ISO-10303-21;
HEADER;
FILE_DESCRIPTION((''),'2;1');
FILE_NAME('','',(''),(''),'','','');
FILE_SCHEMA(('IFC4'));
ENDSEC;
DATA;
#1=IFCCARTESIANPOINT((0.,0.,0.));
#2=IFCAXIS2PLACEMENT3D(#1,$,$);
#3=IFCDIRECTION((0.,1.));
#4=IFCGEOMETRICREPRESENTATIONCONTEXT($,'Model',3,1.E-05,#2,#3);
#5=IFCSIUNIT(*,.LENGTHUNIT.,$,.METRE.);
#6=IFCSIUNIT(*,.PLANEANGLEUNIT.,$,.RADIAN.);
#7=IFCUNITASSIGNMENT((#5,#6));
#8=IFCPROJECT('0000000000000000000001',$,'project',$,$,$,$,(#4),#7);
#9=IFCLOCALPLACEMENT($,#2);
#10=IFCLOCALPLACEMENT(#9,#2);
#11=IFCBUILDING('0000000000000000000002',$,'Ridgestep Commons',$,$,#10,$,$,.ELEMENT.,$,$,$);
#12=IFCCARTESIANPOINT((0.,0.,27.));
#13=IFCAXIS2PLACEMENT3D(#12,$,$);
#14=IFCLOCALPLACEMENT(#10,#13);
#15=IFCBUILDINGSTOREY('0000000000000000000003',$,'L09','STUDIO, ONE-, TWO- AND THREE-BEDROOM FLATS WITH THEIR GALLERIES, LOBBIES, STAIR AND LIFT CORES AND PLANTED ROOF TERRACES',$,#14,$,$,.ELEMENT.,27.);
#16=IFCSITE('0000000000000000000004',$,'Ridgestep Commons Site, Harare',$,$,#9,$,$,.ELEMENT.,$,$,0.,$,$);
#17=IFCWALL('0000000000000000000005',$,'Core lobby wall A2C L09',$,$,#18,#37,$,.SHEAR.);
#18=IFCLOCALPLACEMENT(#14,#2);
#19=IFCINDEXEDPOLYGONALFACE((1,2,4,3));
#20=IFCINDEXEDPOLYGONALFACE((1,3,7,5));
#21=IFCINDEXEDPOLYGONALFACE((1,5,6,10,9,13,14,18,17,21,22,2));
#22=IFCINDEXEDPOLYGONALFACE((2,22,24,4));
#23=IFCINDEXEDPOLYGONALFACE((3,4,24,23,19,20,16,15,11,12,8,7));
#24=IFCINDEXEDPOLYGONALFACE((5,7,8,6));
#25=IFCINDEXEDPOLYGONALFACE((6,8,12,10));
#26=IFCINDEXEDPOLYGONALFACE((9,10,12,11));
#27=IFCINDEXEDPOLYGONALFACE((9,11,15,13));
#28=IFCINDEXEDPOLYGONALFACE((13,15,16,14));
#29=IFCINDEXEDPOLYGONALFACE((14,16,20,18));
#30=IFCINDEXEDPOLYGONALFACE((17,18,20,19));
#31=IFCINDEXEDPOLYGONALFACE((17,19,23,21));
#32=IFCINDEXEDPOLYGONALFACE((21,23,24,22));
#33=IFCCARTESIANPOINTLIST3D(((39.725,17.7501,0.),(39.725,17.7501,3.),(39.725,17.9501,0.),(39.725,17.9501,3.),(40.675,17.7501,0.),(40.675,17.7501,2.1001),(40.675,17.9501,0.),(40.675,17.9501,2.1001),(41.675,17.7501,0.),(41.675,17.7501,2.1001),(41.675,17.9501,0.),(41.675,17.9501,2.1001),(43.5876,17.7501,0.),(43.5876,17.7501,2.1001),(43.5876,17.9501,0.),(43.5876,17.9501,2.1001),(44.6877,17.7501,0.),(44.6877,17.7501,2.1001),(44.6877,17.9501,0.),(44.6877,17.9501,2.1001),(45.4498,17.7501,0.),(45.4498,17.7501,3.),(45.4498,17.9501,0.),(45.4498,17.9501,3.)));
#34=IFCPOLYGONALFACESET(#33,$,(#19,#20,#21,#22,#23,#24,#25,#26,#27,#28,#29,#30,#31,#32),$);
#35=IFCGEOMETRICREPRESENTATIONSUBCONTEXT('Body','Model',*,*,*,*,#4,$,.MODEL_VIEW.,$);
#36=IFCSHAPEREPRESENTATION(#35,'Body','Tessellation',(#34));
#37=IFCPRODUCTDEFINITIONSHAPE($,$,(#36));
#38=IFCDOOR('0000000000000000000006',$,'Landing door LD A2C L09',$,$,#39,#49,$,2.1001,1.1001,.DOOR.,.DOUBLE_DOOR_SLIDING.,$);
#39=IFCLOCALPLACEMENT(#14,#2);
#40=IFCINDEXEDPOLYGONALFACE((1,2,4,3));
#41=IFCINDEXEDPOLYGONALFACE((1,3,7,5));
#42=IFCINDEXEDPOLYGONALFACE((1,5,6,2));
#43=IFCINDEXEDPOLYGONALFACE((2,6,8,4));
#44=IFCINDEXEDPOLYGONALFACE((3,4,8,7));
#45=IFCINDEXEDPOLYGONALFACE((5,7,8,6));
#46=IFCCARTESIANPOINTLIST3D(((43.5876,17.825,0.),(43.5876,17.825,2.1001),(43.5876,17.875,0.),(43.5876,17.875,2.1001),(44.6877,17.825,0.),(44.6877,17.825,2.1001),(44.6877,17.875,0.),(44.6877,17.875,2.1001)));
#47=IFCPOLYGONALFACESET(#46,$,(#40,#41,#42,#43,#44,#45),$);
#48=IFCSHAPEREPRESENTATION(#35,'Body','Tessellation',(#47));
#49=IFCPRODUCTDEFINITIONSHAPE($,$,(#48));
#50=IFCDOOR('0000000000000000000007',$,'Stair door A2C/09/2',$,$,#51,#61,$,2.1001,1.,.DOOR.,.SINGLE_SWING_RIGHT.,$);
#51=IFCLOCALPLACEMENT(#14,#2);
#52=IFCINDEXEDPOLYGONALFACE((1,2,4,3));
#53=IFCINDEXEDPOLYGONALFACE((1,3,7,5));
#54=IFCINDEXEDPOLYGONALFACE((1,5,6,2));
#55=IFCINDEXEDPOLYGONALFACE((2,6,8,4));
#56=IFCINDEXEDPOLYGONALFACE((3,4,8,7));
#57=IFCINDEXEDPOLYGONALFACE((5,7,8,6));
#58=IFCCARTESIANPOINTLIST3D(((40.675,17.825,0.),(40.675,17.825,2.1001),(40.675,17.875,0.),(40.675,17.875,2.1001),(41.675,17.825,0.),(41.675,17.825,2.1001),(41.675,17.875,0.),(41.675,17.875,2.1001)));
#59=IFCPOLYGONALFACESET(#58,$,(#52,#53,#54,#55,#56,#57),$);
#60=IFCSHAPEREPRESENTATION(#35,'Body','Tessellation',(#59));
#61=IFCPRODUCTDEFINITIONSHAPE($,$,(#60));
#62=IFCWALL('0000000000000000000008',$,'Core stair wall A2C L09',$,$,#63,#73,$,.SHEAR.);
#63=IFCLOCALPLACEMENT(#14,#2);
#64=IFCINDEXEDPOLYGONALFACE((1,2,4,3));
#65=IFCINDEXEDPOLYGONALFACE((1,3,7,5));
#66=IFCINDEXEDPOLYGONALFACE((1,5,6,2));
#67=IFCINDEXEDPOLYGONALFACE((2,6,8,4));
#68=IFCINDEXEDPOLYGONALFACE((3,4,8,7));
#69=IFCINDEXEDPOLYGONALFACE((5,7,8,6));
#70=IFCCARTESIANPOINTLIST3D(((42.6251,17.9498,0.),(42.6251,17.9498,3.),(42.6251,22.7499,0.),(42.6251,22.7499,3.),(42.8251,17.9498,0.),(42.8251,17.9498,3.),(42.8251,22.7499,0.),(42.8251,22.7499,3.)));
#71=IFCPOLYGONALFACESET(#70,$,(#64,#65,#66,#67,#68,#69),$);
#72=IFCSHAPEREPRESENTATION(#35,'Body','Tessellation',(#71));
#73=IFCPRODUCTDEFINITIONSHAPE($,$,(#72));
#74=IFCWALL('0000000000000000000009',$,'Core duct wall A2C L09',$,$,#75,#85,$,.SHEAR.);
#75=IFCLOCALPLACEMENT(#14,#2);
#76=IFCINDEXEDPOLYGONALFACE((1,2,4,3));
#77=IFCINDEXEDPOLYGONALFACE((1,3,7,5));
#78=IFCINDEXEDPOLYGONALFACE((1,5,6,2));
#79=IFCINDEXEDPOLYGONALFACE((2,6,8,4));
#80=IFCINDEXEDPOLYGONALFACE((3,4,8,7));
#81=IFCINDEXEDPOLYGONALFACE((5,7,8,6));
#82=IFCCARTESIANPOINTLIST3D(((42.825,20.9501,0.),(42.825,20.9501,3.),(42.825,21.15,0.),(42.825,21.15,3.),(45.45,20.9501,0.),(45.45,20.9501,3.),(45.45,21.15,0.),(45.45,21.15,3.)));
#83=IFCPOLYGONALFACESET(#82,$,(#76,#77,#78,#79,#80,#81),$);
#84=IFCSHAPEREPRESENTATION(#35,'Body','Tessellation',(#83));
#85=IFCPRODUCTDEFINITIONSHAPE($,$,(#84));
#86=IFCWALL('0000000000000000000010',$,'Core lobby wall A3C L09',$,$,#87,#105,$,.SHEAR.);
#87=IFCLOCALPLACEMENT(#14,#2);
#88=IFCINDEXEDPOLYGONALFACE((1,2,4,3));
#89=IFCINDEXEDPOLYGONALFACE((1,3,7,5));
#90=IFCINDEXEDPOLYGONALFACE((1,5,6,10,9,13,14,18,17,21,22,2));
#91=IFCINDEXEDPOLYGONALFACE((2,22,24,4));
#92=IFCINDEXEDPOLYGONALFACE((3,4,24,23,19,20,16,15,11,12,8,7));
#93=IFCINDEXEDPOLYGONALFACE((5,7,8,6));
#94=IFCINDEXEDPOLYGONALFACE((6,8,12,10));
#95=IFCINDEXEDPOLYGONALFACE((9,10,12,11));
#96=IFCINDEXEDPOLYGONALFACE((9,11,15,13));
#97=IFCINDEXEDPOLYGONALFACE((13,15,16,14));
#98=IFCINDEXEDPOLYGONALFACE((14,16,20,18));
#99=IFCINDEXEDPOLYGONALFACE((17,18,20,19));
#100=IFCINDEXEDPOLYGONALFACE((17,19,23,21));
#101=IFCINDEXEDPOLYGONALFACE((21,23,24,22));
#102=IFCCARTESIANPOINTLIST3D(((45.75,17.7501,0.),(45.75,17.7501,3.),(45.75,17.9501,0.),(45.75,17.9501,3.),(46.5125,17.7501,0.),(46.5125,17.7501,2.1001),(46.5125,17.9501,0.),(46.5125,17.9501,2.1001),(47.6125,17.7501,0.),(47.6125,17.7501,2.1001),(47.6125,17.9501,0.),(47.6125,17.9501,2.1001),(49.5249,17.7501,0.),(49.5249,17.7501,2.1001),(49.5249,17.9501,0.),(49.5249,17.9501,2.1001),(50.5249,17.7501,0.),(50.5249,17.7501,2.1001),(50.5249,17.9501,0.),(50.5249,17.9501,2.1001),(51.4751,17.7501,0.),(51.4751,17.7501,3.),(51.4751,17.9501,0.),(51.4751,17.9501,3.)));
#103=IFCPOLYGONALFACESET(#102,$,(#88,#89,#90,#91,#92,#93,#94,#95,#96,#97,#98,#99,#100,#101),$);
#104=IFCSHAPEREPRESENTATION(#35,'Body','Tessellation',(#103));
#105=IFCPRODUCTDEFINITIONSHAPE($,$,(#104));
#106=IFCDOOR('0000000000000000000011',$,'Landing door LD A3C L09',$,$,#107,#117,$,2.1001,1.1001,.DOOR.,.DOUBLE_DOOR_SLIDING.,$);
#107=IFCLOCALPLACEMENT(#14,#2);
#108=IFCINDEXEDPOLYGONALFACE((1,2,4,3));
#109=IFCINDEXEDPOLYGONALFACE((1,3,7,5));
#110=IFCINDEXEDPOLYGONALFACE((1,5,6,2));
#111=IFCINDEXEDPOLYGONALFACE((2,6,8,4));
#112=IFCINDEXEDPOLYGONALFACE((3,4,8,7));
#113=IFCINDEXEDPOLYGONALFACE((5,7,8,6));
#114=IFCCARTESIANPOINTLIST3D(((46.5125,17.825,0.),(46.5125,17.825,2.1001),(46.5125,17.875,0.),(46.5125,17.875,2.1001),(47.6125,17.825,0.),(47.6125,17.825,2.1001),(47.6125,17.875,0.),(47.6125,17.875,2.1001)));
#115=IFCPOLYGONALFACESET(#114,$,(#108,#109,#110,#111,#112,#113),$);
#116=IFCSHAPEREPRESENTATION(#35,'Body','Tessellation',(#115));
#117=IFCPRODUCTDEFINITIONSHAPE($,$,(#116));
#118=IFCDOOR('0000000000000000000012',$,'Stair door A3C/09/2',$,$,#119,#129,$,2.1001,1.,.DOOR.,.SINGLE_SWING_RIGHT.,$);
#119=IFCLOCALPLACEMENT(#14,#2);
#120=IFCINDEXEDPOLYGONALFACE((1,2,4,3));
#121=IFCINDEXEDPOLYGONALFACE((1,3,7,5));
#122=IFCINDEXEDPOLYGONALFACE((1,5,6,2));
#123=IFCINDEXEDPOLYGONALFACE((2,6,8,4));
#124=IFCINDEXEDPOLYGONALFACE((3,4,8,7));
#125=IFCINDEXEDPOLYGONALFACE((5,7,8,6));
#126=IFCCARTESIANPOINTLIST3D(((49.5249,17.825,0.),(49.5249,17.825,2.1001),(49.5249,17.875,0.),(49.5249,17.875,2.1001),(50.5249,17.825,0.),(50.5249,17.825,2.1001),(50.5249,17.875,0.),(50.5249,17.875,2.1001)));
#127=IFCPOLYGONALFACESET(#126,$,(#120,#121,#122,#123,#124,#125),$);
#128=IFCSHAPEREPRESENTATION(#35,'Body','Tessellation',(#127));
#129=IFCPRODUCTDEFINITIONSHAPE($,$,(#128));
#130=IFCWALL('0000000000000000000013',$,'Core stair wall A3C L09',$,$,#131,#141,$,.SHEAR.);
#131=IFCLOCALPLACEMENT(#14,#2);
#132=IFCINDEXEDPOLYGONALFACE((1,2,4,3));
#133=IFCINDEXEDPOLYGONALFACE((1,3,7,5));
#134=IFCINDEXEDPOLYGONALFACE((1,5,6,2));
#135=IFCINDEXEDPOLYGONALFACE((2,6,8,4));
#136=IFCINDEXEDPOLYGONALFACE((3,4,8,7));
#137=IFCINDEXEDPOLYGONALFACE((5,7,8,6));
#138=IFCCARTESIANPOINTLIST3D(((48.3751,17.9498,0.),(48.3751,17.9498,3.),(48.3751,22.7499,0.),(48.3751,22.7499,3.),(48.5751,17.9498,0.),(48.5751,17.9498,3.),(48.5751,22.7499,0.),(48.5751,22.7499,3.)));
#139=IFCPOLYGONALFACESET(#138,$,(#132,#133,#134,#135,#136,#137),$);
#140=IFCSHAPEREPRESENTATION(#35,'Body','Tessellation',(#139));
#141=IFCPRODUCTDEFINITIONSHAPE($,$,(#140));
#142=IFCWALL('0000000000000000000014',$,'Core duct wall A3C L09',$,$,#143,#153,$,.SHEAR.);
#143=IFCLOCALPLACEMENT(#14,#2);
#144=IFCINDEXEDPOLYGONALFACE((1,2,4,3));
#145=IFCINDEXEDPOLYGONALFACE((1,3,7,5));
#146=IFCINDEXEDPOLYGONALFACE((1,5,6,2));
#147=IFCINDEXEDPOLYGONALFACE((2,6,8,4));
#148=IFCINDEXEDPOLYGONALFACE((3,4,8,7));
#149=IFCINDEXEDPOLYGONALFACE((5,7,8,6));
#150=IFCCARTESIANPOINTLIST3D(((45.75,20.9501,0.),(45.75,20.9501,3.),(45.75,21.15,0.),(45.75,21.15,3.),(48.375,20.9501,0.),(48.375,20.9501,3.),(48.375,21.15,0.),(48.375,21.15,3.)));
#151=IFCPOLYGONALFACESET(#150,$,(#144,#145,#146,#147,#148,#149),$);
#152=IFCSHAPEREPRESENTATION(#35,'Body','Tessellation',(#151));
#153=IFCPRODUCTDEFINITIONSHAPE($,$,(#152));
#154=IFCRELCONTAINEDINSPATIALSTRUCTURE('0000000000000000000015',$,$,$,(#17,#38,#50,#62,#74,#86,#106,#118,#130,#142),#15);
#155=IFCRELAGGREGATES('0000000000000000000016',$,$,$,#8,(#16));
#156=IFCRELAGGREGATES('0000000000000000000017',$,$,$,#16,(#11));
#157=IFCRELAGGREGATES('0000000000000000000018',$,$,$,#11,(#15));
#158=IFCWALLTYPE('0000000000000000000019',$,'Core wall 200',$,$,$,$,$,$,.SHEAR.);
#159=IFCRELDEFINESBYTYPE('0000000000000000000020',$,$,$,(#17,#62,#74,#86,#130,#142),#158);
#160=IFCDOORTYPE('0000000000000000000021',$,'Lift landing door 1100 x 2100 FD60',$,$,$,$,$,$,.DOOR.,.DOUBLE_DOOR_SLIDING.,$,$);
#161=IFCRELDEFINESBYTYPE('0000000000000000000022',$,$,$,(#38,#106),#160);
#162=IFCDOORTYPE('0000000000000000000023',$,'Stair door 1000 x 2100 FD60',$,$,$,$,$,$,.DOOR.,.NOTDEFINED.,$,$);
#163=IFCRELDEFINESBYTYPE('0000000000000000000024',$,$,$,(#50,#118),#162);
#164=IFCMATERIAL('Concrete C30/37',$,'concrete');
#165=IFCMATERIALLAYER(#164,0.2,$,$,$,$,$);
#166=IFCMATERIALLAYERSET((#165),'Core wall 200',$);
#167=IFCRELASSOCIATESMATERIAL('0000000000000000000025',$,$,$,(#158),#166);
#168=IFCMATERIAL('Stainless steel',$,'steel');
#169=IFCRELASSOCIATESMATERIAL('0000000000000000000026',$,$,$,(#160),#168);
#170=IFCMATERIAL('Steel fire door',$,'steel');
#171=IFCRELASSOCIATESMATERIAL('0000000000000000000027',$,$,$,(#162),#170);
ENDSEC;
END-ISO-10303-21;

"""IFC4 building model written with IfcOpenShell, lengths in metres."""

from ifc_helpers import new_model, si_unit, direction, frame, frame_2d, origin, place, context, subcontext, project, spatial, rectangle, extrude, material, layer, layer_set, type_object, element, fill, save


model = new_model("IFC4")

# Units and contexts
model_context = context("Model", 3, precision=1e-05, world=origin(), true_north=direction((0.0, 1.0)))
body_context = subcontext(model_context, "Body", "Model", "MODEL_VIEW")
ifc_project = project(units=[si_unit("LENGTHUNIT", "METRE"), si_unit("PLANEANGLEUNIT", "RADIAN")], contexts=[model_context])

# Site, building, storey
site_placement = place(None, origin())
site = spatial("IfcSite", under=ifc_project, at=site_placement, Name="Ridgestep Commons Site, Harare", CompositionType="ELEMENT", RefElevation=0.0)
building_placement = place(site_placement, origin())
building = spatial("IfcBuilding", under=site, at=building_placement, Name="Ridgestep Commons", CompositionType="ELEMENT")
storey_placement = place(building_placement, frame((0.0, 0.0, 27.0)))
storey = spatial("IfcBuildingStorey", under=building, at=storey_placement, Name="L09", Description="STUDIO, ONE-, TWO- AND THREE-BEDROOM FLATS WITH THEIR GALLERIES, LOBBIES, STAIR AND LIFT CORES AND PLANTED ROOF TERRACES", CompositionType="ELEMENT", Elevation=27.0)

# Wall, openings, doors
ifc_material_1 = material(Name="Concrete C30/37", Category="concrete")
ifc_layer_1 = layer(ifc_material_1, 0.2)
ifc_layer_set_1 = layer_set([ifc_layer_1], Name="Core wall 200")
wall_type_1 = type_object("IfcWallType", Name="Core wall 200", PredefinedType="SHEAR", material=ifc_layer_set_1)
wall_1_placement = place(storey_placement, frame((39.7251, 17.8501, 0.0), z_axis=(0.0, 0.0, 1.0), x_axis=(1.0, 0.0, 0.0)))
wall_1 = element("IfcWall", 1, at=wall_1_placement, inside=storey, type_object=wall_type_1, Name="Core lobby wall A2C L09", PredefinedType="SHEAR", context=body_context, shape_type="SweptSolid", body=[
    extrude(rectangle(XDim=5.7249, YDim=0.2, at=frame_2d((2.8623, 0.0))), origin(), (0.0, 0.0, 1.0), 3.0),
])
opening_1_placement = place(wall_1_placement, frame((0.95, 0.0, 0.0)))
opening_1 = element("IfcOpeningElement", 2, at=opening_1_placement, cuts=wall_1, PredefinedType="OPENING", context=body_context, shape_type="SweptSolid", body=[
    extrude(rectangle(XDim=1.0, YDim=2.1001, at=frame_2d((0.5, 1.05))), frame((0.0, 0.1099, 0.0), z_axis=(0.0, -1.0, 0.0), x_axis=(1.0, 0.0, 0.0)), (0.0, 0.0, 1.0), 0.22),
])
opening_2_placement = place(wall_1_placement, frame((3.8625, 0.0, 0.0)))
opening_2 = element("IfcOpeningElement", 3, at=opening_2_placement, cuts=wall_1, PredefinedType="OPENING", context=body_context, shape_type="SweptSolid", body=[
    extrude(rectangle(XDim=1.1001, YDim=2.1001, at=frame_2d((0.55, 1.05))), frame((0.0, 0.1099, 0.0), z_axis=(0.0, -1.0, 0.0), x_axis=(1.0, 0.0, 0.0)), (0.0, 0.0, 1.0), 0.22),
])
ifc_material_2 = material(Name="Stainless steel", Category="steel")
door_type_1 = type_object("IfcDoorType", Name="Lift landing door 1100 x 2100 FD60", OperationType="DOUBLE_DOOR_SLIDING", PredefinedType="DOOR", material=ifc_material_2)
door_1_placement = place(opening_2_placement, origin())
door_1 = element("IfcDoor", 4, at=door_1_placement, inside=storey, type_object=door_type_1, Name="Landing door LD A2C L09", OperationType="DOUBLE_DOOR_SLIDING", OverallHeight=2.1001, OverallWidth=1.1001, PredefinedType="DOOR", context=body_context, shape_type="SweptSolid", body=[
    extrude(rectangle(XDim=1.1001, YDim=2.1001, at=frame_2d((0.55, 1.05))), frame((0.0, 0.0249, 0.0), z_axis=(0.0, -1.0, 0.0), x_axis=(1.0, 0.0, 0.0)), (0.0, 0.0, 1.0), 0.05),
])
fill(opening_2, door_1)
ifc_material_3 = material(Name="Steel fire door", Category="steel")
door_type_2 = type_object("IfcDoorType", Name="Stair door 1000 x 2100 FD60", OperationType="NOTDEFINED", PredefinedType="DOOR", material=ifc_material_3)
door_2_placement = place(opening_1_placement, origin())
door_2 = element("IfcDoor", 5, at=door_2_placement, inside=storey, type_object=door_type_2, Name="Stair door A2C/09/2", OperationType="SINGLE_SWING_RIGHT", OverallHeight=2.1001, OverallWidth=1.0, PredefinedType="DOOR", context=body_context, shape_type="SweptSolid", body=[
    extrude(rectangle(XDim=1.0, YDim=2.1001, at=frame_2d((0.5, 1.05))), frame((0.0, 0.0249, 0.0), z_axis=(0.0, -1.0, 0.0), x_axis=(1.0, 0.0, 0.0)), (0.0, 0.0, 1.0), 0.05),
])
fill(opening_1, door_2)

# Walls
wall_2_placement = place(storey_placement, frame((42.7251, 17.95, 0.0), z_axis=(0.0, 0.0, 1.0), x_axis=(0.0, 1.0, 0.0)))
element("IfcWall", 6, at=wall_2_placement, inside=storey, type_object=wall_type_1, Name="Core stair wall A2C L09", PredefinedType="SHEAR", context=body_context, shape_type="SweptSolid", body=[
    extrude(rectangle(XDim=4.8, YDim=0.2, at=frame_2d((2.3999, 0.0))), origin(), (0.0, 0.0, 1.0), 3.0),
])
wall_3_placement = place(storey_placement, frame((42.825, 21.05, 0.0), z_axis=(0.0, 0.0, 1.0), x_axis=(1.0, 0.0, 0.0)))
element("IfcWall", 7, at=wall_3_placement, inside=storey, type_object=wall_type_1, Name="Core duct wall A2C L09", PredefinedType="SHEAR", context=body_context, shape_type="SweptSolid", body=[
    extrude(rectangle(XDim=2.625, YDim=0.2, at=frame_2d((1.3125, 0.0))), origin(), (0.0, 0.0, 1.0), 3.0),
])

# Wall, openings, doors
wall_4_placement = place(storey_placement, frame((45.75, 17.8501, 0.0), z_axis=(0.0, 0.0, 1.0), x_axis=(1.0, 0.0, 0.0)))
wall_4 = element("IfcWall", 8, at=wall_4_placement, inside=storey, type_object=wall_type_1, Name="Core lobby wall A3C L09", PredefinedType="SHEAR", context=body_context, shape_type="SweptSolid", body=[
    extrude(rectangle(XDim=5.7251, YDim=0.2, at=frame_2d((2.8625, 0.0))), origin(), (0.0, 0.0, 1.0), 3.0),
])
opening_3_placement = place(wall_4_placement, frame((3.7749, 0.0, 0.0)))
opening_3 = element("IfcOpeningElement", 9, at=opening_3_placement, cuts=wall_4, PredefinedType="OPENING", context=body_context, shape_type="SweptSolid", body=[
    extrude(rectangle(XDim=1.0, YDim=2.1001, at=frame_2d((0.5, 1.05))), frame((0.0, 0.1099, 0.0), z_axis=(0.0, -1.0, 0.0), x_axis=(1.0, 0.0, 0.0)), (0.0, 0.0, 1.0), 0.22),
])
opening_4_placement = place(wall_4_placement, frame((0.7625, 0.0, 0.0)))
opening_4 = element("IfcOpeningElement", 10, at=opening_4_placement, cuts=wall_4, PredefinedType="OPENING", context=body_context, shape_type="SweptSolid", body=[
    extrude(rectangle(XDim=1.1001, YDim=2.1001, at=frame_2d((0.55, 1.05))), frame((0.0, 0.1099, 0.0), z_axis=(0.0, -1.0, 0.0), x_axis=(1.0, 0.0, 0.0)), (0.0, 0.0, 1.0), 0.22),
])
door_3_placement = place(opening_4_placement, origin())
door_3 = element("IfcDoor", 11, at=door_3_placement, inside=storey, type_object=door_type_1, Name="Landing door LD A3C L09", OperationType="DOUBLE_DOOR_SLIDING", OverallHeight=2.1001, OverallWidth=1.1001, PredefinedType="DOOR", context=body_context, shape_type="SweptSolid", body=[
    extrude(rectangle(XDim=1.1001, YDim=2.1001, at=frame_2d((0.55, 1.05))), frame((0.0, 0.0249, 0.0), z_axis=(0.0, -1.0, 0.0), x_axis=(1.0, 0.0, 0.0)), (0.0, 0.0, 1.0), 0.05),
])
fill(opening_4, door_3)
door_4_placement = place(opening_3_placement, origin())
door_4 = element("IfcDoor", 12, at=door_4_placement, inside=storey, type_object=door_type_2, Name="Stair door A3C/09/2", OperationType="SINGLE_SWING_RIGHT", OverallHeight=2.1001, OverallWidth=1.0, PredefinedType="DOOR", context=body_context, shape_type="SweptSolid", body=[
    extrude(rectangle(XDim=1.0, YDim=2.1001, at=frame_2d((0.5, 1.05))), frame((0.0, 0.0249, 0.0), z_axis=(0.0, -1.0, 0.0), x_axis=(1.0, 0.0, 0.0)), (0.0, 0.0, 1.0), 0.05),
])
fill(opening_3, door_4)

# Walls
wall_5_placement = place(storey_placement, frame((48.4751, 17.95, 0.0), z_axis=(0.0, 0.0, 1.0), x_axis=(0.0, 1.0, 0.0)))
element("IfcWall", 13, at=wall_5_placement, inside=storey, type_object=wall_type_1, Name="Core stair wall A3C L09", PredefinedType="SHEAR", context=body_context, shape_type="SweptSolid", body=[
    extrude(rectangle(XDim=4.8, YDim=0.2, at=frame_2d((2.3999, 0.0))), origin(), (0.0, 0.0, 1.0), 3.0),
])
wall_6_placement = place(storey_placement, frame((45.75, 21.05, 0.0), z_axis=(0.0, 0.0, 1.0), x_axis=(1.0, 0.0, 0.0)))
element("IfcWall", 14, at=wall_6_placement, inside=storey, type_object=wall_type_1, Name="Core duct wall A3C L09", PredefinedType="SHEAR", context=body_context, shape_type="SweptSolid", body=[
    extrude(rectangle(XDim=2.625, YDim=0.2, at=frame_2d((1.3125, 0.0))), origin(), (0.0, 0.0, 1.0), 3.0),
])

save(model, "model.ifc")
